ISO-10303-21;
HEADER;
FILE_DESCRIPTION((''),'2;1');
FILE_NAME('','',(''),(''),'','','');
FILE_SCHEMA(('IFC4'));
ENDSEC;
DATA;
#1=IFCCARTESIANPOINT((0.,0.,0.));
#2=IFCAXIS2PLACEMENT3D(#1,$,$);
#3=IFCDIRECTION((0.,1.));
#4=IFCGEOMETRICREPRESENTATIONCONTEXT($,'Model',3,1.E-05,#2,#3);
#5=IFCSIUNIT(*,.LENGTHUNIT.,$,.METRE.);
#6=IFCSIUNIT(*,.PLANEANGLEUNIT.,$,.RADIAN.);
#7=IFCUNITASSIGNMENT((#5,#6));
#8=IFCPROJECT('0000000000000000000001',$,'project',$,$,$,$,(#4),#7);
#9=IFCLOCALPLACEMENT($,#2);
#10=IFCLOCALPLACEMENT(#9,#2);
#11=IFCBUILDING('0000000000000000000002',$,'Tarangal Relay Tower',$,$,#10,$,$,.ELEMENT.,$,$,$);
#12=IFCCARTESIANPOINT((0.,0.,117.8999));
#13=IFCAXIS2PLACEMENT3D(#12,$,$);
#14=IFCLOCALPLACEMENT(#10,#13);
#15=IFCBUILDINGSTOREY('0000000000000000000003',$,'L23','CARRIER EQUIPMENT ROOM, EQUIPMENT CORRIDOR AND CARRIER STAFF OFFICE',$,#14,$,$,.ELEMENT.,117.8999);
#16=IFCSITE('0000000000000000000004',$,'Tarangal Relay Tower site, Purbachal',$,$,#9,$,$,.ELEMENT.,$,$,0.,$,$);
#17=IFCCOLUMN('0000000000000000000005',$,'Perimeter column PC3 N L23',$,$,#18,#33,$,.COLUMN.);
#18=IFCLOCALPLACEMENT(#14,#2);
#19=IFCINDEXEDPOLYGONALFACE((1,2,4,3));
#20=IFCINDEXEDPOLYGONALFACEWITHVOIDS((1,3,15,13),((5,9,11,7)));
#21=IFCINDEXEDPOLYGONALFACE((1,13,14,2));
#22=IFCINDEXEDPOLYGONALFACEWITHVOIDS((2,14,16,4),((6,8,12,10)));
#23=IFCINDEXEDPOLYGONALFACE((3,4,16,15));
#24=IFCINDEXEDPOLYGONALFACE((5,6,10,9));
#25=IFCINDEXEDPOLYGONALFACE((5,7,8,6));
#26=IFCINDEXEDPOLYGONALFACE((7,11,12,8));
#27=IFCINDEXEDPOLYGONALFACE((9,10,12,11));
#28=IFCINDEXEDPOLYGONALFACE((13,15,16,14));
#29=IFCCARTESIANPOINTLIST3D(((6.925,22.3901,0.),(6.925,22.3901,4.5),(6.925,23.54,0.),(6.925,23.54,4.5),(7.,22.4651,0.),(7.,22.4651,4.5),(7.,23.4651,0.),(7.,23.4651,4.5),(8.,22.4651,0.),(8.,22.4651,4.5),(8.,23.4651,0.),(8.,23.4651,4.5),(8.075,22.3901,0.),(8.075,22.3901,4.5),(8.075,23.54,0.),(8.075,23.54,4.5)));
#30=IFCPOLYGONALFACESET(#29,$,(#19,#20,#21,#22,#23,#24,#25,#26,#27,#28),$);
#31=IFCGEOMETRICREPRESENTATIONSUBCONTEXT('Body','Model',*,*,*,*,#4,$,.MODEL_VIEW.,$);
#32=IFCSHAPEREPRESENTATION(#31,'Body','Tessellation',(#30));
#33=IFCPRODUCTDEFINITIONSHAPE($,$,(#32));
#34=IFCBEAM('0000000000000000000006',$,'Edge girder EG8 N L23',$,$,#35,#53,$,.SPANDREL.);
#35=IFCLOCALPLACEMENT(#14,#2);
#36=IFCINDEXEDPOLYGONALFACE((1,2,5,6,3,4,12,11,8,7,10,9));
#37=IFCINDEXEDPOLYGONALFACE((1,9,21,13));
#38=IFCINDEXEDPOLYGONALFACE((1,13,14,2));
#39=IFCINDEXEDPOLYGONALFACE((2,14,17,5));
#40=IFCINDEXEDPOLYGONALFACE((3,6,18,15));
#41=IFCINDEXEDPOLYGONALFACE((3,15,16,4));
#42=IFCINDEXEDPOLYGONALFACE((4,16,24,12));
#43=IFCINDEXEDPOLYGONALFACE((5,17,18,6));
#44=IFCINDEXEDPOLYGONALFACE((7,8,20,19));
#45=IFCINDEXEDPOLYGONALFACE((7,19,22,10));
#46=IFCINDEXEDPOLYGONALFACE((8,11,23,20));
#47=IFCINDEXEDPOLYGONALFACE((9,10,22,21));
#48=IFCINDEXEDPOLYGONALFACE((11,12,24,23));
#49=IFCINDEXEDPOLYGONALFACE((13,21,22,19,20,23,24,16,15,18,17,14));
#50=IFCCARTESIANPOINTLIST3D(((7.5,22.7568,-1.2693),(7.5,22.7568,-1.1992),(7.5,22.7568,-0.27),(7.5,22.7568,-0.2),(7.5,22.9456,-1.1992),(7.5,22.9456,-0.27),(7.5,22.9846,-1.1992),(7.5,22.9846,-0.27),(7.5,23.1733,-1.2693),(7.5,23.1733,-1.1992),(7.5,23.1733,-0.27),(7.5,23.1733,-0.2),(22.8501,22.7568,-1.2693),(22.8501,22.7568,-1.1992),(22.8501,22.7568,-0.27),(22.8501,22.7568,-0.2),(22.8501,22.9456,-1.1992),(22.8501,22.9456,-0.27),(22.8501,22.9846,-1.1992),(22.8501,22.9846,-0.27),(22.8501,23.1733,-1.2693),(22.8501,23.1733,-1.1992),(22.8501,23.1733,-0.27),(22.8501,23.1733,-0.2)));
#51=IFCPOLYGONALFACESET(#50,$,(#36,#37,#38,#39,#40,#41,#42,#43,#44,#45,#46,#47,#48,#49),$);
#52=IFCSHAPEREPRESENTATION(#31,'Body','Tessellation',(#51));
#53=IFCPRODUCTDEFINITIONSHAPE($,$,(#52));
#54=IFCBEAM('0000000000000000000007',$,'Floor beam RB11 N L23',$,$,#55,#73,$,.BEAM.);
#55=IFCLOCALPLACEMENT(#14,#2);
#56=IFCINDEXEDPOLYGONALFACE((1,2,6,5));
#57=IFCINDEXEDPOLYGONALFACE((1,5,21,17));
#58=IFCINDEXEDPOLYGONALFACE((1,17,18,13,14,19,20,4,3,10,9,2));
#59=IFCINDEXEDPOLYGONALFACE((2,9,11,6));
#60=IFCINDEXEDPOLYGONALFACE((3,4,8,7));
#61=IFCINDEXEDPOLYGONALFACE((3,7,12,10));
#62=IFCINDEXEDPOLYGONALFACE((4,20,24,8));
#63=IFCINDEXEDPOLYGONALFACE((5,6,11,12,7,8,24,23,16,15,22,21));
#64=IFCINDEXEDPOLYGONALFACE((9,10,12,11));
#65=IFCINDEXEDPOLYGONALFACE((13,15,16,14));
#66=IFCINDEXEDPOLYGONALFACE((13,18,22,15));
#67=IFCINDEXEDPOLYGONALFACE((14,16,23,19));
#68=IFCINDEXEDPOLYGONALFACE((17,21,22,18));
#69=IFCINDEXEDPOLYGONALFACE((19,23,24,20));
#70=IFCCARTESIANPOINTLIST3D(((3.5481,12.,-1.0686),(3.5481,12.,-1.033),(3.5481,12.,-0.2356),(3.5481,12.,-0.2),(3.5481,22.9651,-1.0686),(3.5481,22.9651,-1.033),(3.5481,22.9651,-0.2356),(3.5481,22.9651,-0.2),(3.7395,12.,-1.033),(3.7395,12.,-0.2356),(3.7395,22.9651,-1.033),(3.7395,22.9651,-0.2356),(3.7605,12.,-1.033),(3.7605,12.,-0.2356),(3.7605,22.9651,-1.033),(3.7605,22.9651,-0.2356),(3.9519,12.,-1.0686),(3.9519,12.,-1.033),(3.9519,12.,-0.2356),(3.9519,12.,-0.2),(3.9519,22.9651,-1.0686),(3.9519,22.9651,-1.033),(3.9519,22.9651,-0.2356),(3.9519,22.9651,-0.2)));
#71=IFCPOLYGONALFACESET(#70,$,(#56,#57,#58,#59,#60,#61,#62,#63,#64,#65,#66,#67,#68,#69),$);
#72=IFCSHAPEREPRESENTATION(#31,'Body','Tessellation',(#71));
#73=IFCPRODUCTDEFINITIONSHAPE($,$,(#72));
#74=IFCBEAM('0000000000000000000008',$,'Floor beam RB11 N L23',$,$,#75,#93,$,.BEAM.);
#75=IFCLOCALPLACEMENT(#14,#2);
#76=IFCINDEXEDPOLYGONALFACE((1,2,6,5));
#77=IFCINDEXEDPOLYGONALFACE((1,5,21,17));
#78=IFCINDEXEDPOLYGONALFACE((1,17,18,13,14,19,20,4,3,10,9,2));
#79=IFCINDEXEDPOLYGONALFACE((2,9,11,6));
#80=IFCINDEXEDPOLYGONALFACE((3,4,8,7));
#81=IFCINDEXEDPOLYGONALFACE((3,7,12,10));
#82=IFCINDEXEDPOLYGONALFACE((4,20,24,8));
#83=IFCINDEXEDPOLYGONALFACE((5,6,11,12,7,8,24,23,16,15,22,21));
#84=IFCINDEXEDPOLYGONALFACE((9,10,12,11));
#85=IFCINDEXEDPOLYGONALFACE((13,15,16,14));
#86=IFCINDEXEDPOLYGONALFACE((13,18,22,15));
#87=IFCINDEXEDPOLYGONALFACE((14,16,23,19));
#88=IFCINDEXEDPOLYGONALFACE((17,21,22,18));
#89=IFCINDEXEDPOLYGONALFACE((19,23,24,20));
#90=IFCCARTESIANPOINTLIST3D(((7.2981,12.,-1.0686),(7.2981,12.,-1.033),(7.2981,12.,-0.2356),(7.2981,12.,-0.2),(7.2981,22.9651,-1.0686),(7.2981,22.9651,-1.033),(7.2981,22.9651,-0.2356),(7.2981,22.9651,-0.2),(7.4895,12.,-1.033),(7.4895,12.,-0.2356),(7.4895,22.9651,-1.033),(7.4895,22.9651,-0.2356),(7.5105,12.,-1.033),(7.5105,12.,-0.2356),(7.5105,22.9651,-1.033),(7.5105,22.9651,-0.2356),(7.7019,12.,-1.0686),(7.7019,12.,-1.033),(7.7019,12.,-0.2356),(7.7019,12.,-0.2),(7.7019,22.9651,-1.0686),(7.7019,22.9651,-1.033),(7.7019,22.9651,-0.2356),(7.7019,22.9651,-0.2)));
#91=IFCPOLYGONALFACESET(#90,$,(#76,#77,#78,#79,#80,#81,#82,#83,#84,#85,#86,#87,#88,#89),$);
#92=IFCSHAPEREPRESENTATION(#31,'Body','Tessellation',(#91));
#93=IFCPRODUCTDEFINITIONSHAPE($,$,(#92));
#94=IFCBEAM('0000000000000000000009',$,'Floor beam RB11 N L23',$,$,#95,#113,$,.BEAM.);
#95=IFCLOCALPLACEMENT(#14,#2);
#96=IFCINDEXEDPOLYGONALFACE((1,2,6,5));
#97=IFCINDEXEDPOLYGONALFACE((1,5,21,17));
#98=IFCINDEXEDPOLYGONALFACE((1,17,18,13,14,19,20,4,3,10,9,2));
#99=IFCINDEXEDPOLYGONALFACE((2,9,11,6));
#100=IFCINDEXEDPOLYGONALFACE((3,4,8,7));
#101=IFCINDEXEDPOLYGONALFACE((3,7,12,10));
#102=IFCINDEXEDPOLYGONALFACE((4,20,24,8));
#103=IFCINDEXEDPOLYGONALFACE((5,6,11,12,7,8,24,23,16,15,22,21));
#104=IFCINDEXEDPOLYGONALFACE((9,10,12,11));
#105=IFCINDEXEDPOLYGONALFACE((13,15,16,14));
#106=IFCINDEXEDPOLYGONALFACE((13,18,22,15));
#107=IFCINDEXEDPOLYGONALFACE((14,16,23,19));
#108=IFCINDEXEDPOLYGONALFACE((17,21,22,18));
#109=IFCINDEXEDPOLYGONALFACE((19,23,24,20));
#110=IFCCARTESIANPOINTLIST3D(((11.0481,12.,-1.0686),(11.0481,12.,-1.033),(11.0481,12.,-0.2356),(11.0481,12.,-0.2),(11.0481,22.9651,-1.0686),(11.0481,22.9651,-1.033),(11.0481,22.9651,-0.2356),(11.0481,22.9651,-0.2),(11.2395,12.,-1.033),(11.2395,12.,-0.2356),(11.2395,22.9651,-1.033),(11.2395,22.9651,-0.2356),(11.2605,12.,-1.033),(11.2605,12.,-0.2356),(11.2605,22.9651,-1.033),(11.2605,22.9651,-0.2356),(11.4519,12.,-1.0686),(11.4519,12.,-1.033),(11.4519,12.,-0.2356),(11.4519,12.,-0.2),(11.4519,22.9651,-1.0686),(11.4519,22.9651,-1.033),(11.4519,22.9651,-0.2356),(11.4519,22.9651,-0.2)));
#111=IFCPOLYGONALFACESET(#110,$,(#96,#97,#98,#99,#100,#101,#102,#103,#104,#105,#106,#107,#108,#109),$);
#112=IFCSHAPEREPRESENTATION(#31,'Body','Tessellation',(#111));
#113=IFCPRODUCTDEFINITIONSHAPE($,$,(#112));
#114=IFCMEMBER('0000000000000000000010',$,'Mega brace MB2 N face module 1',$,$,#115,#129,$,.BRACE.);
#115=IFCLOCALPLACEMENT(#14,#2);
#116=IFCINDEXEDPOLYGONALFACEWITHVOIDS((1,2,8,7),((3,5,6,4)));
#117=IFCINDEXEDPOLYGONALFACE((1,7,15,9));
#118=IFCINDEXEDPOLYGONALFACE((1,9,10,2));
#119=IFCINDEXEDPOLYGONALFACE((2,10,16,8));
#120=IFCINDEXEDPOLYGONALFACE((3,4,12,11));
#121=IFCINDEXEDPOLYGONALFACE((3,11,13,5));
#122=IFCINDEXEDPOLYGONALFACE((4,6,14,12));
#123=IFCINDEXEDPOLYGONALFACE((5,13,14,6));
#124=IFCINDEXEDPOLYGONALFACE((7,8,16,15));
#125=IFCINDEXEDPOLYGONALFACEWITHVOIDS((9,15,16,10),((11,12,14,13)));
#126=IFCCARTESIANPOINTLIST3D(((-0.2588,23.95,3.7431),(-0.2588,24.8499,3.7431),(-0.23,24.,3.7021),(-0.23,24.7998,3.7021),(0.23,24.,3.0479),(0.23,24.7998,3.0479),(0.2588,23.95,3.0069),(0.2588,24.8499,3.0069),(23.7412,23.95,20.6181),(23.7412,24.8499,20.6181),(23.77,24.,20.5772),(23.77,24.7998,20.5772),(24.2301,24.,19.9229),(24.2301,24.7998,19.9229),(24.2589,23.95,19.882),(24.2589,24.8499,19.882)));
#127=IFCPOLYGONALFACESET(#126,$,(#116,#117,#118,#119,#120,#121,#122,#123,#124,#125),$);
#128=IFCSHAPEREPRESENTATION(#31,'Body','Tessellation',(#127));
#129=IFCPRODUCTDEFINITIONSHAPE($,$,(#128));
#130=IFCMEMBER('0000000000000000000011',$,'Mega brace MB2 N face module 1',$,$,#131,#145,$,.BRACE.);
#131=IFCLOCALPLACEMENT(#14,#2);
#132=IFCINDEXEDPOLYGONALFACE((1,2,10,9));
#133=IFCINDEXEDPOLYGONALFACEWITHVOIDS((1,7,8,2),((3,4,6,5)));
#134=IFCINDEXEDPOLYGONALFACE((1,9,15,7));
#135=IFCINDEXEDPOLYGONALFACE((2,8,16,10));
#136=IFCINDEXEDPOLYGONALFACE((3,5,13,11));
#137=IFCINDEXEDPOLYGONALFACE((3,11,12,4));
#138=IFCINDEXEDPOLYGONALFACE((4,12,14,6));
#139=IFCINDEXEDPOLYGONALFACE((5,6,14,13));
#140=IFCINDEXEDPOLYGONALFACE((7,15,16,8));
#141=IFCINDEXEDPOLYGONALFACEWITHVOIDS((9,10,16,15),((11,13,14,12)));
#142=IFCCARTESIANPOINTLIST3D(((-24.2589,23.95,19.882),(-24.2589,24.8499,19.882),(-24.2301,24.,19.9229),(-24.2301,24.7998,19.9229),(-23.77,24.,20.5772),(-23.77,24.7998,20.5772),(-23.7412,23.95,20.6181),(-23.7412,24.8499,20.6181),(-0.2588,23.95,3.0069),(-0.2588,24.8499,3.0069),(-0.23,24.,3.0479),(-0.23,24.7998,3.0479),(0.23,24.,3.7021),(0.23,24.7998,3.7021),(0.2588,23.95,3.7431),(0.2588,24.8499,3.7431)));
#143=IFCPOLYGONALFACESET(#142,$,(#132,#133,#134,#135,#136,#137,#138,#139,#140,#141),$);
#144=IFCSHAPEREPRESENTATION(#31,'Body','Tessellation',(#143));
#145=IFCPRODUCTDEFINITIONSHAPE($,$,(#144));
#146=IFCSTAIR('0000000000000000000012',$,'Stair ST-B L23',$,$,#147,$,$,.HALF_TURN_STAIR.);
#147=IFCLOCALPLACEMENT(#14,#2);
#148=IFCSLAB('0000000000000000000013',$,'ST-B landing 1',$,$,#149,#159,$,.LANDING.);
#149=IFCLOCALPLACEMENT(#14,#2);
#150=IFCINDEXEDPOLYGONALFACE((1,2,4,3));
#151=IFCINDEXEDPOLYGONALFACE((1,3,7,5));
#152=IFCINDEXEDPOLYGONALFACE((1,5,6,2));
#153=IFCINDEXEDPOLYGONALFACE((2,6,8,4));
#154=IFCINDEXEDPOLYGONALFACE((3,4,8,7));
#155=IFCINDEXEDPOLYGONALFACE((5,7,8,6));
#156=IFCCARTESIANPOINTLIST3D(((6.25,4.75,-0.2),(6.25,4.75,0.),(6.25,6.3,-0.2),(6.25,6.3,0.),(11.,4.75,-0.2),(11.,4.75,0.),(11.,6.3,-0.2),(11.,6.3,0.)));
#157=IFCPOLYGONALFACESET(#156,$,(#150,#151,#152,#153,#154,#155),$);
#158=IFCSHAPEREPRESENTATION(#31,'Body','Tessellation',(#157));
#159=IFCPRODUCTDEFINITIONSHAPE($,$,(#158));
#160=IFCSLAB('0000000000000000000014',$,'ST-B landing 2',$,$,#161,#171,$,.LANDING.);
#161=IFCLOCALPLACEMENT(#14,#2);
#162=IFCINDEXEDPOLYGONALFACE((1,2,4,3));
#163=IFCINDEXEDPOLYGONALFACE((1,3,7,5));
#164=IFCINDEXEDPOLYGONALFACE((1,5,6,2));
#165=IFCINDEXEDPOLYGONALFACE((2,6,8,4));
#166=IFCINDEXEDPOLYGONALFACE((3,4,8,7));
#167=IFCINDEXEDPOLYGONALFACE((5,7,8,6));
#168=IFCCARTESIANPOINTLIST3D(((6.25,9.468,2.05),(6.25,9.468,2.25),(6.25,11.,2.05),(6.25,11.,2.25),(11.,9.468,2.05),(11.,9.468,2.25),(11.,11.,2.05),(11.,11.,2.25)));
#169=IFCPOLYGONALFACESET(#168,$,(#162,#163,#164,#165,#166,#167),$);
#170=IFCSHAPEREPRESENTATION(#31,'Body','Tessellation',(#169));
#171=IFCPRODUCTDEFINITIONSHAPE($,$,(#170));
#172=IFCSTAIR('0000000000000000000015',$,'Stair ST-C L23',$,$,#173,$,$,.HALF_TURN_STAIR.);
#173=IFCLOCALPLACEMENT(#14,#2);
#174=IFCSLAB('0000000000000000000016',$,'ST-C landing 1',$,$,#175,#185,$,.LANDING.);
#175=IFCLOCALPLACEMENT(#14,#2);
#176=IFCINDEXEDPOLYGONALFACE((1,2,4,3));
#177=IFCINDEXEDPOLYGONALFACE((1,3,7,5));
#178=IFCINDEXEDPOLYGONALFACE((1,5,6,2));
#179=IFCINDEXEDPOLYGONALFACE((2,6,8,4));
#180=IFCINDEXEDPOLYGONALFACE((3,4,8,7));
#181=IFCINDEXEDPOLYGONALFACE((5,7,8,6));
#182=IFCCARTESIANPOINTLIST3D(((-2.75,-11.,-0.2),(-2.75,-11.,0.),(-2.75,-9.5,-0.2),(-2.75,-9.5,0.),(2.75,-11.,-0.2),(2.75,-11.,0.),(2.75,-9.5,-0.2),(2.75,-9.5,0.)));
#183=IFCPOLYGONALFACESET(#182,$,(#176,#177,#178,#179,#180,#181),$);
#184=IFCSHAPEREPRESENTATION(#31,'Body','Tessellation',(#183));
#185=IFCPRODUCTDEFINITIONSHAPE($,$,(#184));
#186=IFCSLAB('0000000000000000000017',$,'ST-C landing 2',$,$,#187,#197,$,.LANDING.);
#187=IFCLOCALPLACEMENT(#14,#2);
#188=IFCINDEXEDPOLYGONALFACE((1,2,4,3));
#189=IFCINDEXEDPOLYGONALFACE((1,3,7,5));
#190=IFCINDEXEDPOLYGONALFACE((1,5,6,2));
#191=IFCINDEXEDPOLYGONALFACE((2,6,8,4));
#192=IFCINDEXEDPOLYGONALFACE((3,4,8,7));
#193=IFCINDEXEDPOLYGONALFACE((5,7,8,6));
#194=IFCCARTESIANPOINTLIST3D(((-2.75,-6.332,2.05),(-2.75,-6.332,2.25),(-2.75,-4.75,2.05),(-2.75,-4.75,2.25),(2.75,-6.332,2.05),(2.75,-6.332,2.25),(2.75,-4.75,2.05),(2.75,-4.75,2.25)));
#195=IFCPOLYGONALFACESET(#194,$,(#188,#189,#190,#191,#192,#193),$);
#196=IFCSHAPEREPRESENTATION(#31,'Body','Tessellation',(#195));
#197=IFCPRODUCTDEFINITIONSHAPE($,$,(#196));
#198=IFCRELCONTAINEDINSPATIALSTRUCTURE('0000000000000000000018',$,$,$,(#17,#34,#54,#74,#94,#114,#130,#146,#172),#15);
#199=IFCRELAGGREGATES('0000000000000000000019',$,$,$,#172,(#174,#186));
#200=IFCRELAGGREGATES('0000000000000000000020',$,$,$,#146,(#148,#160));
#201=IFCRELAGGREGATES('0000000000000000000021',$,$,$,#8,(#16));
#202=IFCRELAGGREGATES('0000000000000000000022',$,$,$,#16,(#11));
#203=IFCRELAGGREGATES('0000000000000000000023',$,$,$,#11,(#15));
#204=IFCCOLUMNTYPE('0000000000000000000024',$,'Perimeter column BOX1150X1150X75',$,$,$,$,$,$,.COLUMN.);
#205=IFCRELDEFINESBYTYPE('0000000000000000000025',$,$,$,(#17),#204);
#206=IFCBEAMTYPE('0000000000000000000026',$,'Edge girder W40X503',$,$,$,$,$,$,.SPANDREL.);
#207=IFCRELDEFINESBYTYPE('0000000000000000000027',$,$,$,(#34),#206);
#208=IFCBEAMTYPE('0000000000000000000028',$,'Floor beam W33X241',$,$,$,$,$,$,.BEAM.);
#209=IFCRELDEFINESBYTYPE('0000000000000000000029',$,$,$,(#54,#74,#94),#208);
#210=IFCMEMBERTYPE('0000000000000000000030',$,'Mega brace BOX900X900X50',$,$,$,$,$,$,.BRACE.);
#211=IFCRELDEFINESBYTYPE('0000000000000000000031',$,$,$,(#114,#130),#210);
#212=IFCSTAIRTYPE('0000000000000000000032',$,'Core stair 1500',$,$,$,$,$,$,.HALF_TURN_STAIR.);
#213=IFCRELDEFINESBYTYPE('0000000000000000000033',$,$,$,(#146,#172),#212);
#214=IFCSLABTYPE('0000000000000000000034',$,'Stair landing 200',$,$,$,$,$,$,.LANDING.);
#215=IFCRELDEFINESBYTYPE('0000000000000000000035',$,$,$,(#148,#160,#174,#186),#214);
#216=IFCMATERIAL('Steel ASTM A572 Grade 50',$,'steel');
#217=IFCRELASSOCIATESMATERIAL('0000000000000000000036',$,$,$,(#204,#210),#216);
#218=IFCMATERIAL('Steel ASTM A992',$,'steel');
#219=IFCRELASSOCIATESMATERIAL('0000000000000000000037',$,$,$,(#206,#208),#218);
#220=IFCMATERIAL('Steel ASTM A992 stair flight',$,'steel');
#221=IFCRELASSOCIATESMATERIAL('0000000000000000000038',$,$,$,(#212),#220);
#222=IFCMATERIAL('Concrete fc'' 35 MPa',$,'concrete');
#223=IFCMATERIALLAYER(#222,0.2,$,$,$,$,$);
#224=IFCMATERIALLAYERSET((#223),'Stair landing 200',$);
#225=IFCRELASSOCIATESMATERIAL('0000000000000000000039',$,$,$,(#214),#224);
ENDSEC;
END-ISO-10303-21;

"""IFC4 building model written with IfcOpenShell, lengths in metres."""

from ifc_helpers import new_model, si_unit, direction, frame, origin, origin_2d, place, context, subcontext, project, spatial, polyline, hollow_rectangle, i_section, outline, extrude, material, layer, layer_set, material_profile, profile_set, type_object, element, aggregate, save


model = new_model("IFC4")

# Units and contexts
model_context = context("Model", 3, precision=1e-05, world=origin(), true_north=direction((0.0, 1.0)))
body_context = subcontext(model_context, "Body", "Model", "MODEL_VIEW")
ifc_project = project(units=[si_unit("LENGTHUNIT", "METRE"), si_unit("PLANEANGLEUNIT", "RADIAN")], contexts=[model_context])

# Site, building, storey
site_placement = place(None, origin())
site = spatial("IfcSite", under=ifc_project, at=site_placement, Name="Tarangal Relay Tower site, Purbachal", CompositionType="ELEMENT", RefElevation=0.0)
building_placement = place(site_placement, origin())
building = spatial("IfcBuilding", under=site, at=building_placement, Name="Tarangal Relay Tower", CompositionType="ELEMENT")
storey_placement = place(building_placement, frame((0.0, 0.0, 117.8999)))
storey = spatial("IfcBuildingStorey", under=building, at=storey_placement, Name="L23", Description="CARRIER EQUIPMENT ROOM, EQUIPMENT CORRIDOR AND CARRIER STAFF OFFICE", CompositionType="ELEMENT", Elevation=117.8999)

# Column
ifc_material_1 = material(Name="Steel ASTM A572 Grade 50", Category="steel")
ifc_material_profile_1 = material_profile(ifc_material_1, hollow_rectangle(XDim=1.1499, YDim=1.1499, WallThickness=0.075, at=origin_2d()), Name="BOX1150X1150X75")
ifc_profile_set_1 = profile_set([ifc_material_profile_1], Name="Steel ASTM A572 Grade 50")
column_type = type_object("IfcColumnType", Name="Perimeter column BOX1150X1150X75", PredefinedType="COLUMN", material=ifc_profile_set_1)
column_placement = place(storey_placement, frame((7.5, 22.9651, 0.0), z_axis=(0.0, 0.0, 1.0), x_axis=(1.0, 0.0, 0.0)))
element("IfcColumn", 1, at=column_placement, inside=storey, type_object=column_type, Name="Perimeter column PC3 N L23", PredefinedType="COLUMN", context=body_context, shape_type="SweptSolid", body=[
    extrude(hollow_rectangle(XDim=1.1499, YDim=1.1499, WallThickness=0.075, at=origin_2d()), origin(), (0.0, 0.0, 1.0), 4.5),
])

# Beams
ifc_material_2 = material(Name="Steel ASTM A992", Category="steel")
ifc_material_profile_2 = material_profile(ifc_material_2, i_section(OverallWidth=0.4165, OverallDepth=1.0693, WebThickness=0.0391, FlangeThickness=0.0701, at=origin_2d()), Name="W40X503")
ifc_profile_set_2 = profile_set([ifc_material_profile_2], Name="Steel ASTM A992")
beam_type_1 = type_object("IfcBeamType", Name="Edge girder W40X503", PredefinedType="SPANDREL", material=ifc_profile_set_2)
beam_placement = place(storey_placement, frame((7.5, 22.9651, -0.7346), z_axis=(1.0, 0.0, 0.0), x_axis=(0.0, 1.0, 0.0)))
element("IfcBeam", 2, at=beam_placement, inside=storey, type_object=beam_type_1, Name="Edge girder EG8 N L23", PredefinedType="SPANDREL", context=body_context, shape_type="SweptSolid", body=[
    extrude(i_section(OverallWidth=0.4165, OverallDepth=1.0693, WebThickness=0.0391, FlangeThickness=0.0701, at=origin_2d()), origin(), (0.0, 0.0, 1.0), 15.3501),
])
ifc_material_profile_3 = material_profile(ifc_material_2, i_section(OverallWidth=0.4038, OverallDepth=0.8687, WebThickness=0.021, FlangeThickness=0.0356, at=origin_2d()), Name="W33X241")
ifc_profile_set_3 = profile_set([ifc_material_profile_3], Name="Steel ASTM A992")
beam_type_2 = type_object("IfcBeamType", Name="Floor beam W33X241", PredefinedType="BEAM", material=ifc_profile_set_3)
for number, where, z_axis, x_axis, name in (
    (3, (3.75, 12.0, -0.6343), (0.0, 1.0, 0.0), (-1.0, 0.0, 0.0), "Floor beam RB11 N L23"),
    (4, (7.5, 12.0, -0.6343), (0.0, 1.0, 0.0), (-1.0, 0.0, 0.0), "Floor beam RB11 N L23"),
    (5, (11.25, 12.0, -0.6343), (0.0, 1.0, 0.0), (-1.0, 0.0, 0.0), "Floor beam RB11 N L23"),
):
    element("IfcBeam", number, at=place(storey_placement, frame(where, z_axis=z_axis, x_axis=x_axis)), inside=storey, type_object=beam_type_2, Name=name, PredefinedType="BEAM", context=body_context, shape_type="SweptSolid", body=[
        extrude(i_section(OverallWidth=0.4038, OverallDepth=0.8687, WebThickness=0.021, FlangeThickness=0.0356, at=origin_2d()), origin(), (0.0, 0.0, 1.0), 10.9651),
    ])

# Members
ifc_material_profile_4 = material_profile(ifc_material_1, hollow_rectangle(XDim=0.8999, YDim=0.8999, WallThickness=0.05, at=origin_2d()), Name="BOX900X900X50")
ifc_profile_set_4 = profile_set([ifc_material_profile_4], Name="Steel ASTM A572 Grade 50")
member_type = type_object("IfcMemberType", Name="Mega brace BOX900X900X50", PredefinedType="BRACE", material=ifc_profile_set_4)
for number, where, z_axis, x_axis, name in (
    (6, (0.0, 24.3999, 3.375), (0.818029, 0.0, 0.575177), (0.0, 1.0, 0.0), "Mega brace MB2 N face module 1"),
    (7, (0.0, 24.3999, 3.375), (-0.818029, 0.0, 0.575177), (0.0, -1.0, 0.0), "Mega brace MB2 N face module 1"),
):
    element("IfcMember", number, at=place(storey_placement, frame(where, z_axis=z_axis, x_axis=x_axis)), inside=storey, type_object=member_type, Name=name, PredefinedType="BRACE", context=body_context, shape_type="SweptSolid", body=[
        extrude(hollow_rectangle(XDim=0.8999, YDim=0.8999, WallThickness=0.05, at=origin_2d()), origin(), (0.0, 0.0, 1.0), 29.3389),
    ])

# Stairs, slabs
ifc_material_3 = material(Name="Steel ASTM A992 stair flight", Category="steel")
stair_type = type_object("IfcStairType", Name="Core stair 1500", PredefinedType="HALF_TURN_STAIR", material=ifc_material_3)
stair_1_placement = place(storey_placement, origin())
stair_1 = element("IfcStair", 8, at=stair_1_placement, inside=storey, type_object=stair_type, Name="Stair ST-B L23", PredefinedType="HALF_TURN_STAIR")
ifc_material_4 = material(Name="Concrete fc' 35 MPa", Category="concrete")
ifc_layer_1 = layer(ifc_material_4, 0.2)
ifc_layer_set_1 = layer_set([ifc_layer_1], Name="Stair landing 200")
slab_type = type_object("IfcSlabType", Name="Stair landing 200", PredefinedType="LANDING", material=ifc_layer_set_1)
slab_1_placement = place(storey_placement, frame((0.0, 0.0, -0.2)))
slab_1 = element("IfcSlab", 9, at=slab_1_placement, type_object=slab_type, Name="ST-B landing 1", PredefinedType="LANDING", context=body_context, shape_type="SweptSolid", body=[
    extrude(outline(polyline([(6.25, 4.75), (11.0, 4.75), (11.0, 6.3), (6.25, 6.3), (6.25, 4.75)])), origin(), (0.0, 0.0, 1.0), 0.2),
])
slab_2_placement = place(storey_placement, frame((0.0, 0.0, 2.05)))
slab_2 = element("IfcSlab", 10, at=slab_2_placement, type_object=slab_type, Name="ST-B landing 2", PredefinedType="LANDING", context=body_context, shape_type="SweptSolid", body=[
    extrude(outline(polyline([(6.25, 9.468), (11.0, 9.468), (11.0, 11.0), (6.25, 11.0), (6.25, 9.468)])), origin(), (0.0, 0.0, 1.0), 0.2),
])
stair_2_placement = place(storey_placement, origin())
stair_2 = element("IfcStair", 11, at=stair_2_placement, inside=storey, type_object=stair_type, Name="Stair ST-C L23", PredefinedType="HALF_TURN_STAIR")
slab_3_placement = place(storey_placement, frame((0.0, 0.0, -0.2)))
slab_3 = element("IfcSlab", 12, at=slab_3_placement, type_object=slab_type, Name="ST-C landing 1", PredefinedType="LANDING", context=body_context, shape_type="SweptSolid", body=[
    extrude(outline(polyline([(-2.75, -11.0), (2.75, -11.0), (2.75, -9.5), (-2.75, -9.5), (-2.75, -11.0)])), origin(), (0.0, 0.0, 1.0), 0.2),
])
slab_4_placement = place(storey_placement, frame((0.0, 0.0, 2.05)))
slab_4 = element("IfcSlab", 13, at=slab_4_placement, type_object=slab_type, Name="ST-C landing 2", PredefinedType="LANDING", context=body_context, shape_type="SweptSolid", body=[
    extrude(outline(polyline([(-2.75, -6.332), (2.75, -6.332), (2.75, -4.75), (-2.75, -4.75), (-2.75, -6.332)])), origin(), (0.0, 0.0, 1.0), 0.2),
])
aggregate(stair_2, [slab_3, slab_4])

aggregate(stair_1, [slab_1, slab_2])

save(model, "model.ifc")
